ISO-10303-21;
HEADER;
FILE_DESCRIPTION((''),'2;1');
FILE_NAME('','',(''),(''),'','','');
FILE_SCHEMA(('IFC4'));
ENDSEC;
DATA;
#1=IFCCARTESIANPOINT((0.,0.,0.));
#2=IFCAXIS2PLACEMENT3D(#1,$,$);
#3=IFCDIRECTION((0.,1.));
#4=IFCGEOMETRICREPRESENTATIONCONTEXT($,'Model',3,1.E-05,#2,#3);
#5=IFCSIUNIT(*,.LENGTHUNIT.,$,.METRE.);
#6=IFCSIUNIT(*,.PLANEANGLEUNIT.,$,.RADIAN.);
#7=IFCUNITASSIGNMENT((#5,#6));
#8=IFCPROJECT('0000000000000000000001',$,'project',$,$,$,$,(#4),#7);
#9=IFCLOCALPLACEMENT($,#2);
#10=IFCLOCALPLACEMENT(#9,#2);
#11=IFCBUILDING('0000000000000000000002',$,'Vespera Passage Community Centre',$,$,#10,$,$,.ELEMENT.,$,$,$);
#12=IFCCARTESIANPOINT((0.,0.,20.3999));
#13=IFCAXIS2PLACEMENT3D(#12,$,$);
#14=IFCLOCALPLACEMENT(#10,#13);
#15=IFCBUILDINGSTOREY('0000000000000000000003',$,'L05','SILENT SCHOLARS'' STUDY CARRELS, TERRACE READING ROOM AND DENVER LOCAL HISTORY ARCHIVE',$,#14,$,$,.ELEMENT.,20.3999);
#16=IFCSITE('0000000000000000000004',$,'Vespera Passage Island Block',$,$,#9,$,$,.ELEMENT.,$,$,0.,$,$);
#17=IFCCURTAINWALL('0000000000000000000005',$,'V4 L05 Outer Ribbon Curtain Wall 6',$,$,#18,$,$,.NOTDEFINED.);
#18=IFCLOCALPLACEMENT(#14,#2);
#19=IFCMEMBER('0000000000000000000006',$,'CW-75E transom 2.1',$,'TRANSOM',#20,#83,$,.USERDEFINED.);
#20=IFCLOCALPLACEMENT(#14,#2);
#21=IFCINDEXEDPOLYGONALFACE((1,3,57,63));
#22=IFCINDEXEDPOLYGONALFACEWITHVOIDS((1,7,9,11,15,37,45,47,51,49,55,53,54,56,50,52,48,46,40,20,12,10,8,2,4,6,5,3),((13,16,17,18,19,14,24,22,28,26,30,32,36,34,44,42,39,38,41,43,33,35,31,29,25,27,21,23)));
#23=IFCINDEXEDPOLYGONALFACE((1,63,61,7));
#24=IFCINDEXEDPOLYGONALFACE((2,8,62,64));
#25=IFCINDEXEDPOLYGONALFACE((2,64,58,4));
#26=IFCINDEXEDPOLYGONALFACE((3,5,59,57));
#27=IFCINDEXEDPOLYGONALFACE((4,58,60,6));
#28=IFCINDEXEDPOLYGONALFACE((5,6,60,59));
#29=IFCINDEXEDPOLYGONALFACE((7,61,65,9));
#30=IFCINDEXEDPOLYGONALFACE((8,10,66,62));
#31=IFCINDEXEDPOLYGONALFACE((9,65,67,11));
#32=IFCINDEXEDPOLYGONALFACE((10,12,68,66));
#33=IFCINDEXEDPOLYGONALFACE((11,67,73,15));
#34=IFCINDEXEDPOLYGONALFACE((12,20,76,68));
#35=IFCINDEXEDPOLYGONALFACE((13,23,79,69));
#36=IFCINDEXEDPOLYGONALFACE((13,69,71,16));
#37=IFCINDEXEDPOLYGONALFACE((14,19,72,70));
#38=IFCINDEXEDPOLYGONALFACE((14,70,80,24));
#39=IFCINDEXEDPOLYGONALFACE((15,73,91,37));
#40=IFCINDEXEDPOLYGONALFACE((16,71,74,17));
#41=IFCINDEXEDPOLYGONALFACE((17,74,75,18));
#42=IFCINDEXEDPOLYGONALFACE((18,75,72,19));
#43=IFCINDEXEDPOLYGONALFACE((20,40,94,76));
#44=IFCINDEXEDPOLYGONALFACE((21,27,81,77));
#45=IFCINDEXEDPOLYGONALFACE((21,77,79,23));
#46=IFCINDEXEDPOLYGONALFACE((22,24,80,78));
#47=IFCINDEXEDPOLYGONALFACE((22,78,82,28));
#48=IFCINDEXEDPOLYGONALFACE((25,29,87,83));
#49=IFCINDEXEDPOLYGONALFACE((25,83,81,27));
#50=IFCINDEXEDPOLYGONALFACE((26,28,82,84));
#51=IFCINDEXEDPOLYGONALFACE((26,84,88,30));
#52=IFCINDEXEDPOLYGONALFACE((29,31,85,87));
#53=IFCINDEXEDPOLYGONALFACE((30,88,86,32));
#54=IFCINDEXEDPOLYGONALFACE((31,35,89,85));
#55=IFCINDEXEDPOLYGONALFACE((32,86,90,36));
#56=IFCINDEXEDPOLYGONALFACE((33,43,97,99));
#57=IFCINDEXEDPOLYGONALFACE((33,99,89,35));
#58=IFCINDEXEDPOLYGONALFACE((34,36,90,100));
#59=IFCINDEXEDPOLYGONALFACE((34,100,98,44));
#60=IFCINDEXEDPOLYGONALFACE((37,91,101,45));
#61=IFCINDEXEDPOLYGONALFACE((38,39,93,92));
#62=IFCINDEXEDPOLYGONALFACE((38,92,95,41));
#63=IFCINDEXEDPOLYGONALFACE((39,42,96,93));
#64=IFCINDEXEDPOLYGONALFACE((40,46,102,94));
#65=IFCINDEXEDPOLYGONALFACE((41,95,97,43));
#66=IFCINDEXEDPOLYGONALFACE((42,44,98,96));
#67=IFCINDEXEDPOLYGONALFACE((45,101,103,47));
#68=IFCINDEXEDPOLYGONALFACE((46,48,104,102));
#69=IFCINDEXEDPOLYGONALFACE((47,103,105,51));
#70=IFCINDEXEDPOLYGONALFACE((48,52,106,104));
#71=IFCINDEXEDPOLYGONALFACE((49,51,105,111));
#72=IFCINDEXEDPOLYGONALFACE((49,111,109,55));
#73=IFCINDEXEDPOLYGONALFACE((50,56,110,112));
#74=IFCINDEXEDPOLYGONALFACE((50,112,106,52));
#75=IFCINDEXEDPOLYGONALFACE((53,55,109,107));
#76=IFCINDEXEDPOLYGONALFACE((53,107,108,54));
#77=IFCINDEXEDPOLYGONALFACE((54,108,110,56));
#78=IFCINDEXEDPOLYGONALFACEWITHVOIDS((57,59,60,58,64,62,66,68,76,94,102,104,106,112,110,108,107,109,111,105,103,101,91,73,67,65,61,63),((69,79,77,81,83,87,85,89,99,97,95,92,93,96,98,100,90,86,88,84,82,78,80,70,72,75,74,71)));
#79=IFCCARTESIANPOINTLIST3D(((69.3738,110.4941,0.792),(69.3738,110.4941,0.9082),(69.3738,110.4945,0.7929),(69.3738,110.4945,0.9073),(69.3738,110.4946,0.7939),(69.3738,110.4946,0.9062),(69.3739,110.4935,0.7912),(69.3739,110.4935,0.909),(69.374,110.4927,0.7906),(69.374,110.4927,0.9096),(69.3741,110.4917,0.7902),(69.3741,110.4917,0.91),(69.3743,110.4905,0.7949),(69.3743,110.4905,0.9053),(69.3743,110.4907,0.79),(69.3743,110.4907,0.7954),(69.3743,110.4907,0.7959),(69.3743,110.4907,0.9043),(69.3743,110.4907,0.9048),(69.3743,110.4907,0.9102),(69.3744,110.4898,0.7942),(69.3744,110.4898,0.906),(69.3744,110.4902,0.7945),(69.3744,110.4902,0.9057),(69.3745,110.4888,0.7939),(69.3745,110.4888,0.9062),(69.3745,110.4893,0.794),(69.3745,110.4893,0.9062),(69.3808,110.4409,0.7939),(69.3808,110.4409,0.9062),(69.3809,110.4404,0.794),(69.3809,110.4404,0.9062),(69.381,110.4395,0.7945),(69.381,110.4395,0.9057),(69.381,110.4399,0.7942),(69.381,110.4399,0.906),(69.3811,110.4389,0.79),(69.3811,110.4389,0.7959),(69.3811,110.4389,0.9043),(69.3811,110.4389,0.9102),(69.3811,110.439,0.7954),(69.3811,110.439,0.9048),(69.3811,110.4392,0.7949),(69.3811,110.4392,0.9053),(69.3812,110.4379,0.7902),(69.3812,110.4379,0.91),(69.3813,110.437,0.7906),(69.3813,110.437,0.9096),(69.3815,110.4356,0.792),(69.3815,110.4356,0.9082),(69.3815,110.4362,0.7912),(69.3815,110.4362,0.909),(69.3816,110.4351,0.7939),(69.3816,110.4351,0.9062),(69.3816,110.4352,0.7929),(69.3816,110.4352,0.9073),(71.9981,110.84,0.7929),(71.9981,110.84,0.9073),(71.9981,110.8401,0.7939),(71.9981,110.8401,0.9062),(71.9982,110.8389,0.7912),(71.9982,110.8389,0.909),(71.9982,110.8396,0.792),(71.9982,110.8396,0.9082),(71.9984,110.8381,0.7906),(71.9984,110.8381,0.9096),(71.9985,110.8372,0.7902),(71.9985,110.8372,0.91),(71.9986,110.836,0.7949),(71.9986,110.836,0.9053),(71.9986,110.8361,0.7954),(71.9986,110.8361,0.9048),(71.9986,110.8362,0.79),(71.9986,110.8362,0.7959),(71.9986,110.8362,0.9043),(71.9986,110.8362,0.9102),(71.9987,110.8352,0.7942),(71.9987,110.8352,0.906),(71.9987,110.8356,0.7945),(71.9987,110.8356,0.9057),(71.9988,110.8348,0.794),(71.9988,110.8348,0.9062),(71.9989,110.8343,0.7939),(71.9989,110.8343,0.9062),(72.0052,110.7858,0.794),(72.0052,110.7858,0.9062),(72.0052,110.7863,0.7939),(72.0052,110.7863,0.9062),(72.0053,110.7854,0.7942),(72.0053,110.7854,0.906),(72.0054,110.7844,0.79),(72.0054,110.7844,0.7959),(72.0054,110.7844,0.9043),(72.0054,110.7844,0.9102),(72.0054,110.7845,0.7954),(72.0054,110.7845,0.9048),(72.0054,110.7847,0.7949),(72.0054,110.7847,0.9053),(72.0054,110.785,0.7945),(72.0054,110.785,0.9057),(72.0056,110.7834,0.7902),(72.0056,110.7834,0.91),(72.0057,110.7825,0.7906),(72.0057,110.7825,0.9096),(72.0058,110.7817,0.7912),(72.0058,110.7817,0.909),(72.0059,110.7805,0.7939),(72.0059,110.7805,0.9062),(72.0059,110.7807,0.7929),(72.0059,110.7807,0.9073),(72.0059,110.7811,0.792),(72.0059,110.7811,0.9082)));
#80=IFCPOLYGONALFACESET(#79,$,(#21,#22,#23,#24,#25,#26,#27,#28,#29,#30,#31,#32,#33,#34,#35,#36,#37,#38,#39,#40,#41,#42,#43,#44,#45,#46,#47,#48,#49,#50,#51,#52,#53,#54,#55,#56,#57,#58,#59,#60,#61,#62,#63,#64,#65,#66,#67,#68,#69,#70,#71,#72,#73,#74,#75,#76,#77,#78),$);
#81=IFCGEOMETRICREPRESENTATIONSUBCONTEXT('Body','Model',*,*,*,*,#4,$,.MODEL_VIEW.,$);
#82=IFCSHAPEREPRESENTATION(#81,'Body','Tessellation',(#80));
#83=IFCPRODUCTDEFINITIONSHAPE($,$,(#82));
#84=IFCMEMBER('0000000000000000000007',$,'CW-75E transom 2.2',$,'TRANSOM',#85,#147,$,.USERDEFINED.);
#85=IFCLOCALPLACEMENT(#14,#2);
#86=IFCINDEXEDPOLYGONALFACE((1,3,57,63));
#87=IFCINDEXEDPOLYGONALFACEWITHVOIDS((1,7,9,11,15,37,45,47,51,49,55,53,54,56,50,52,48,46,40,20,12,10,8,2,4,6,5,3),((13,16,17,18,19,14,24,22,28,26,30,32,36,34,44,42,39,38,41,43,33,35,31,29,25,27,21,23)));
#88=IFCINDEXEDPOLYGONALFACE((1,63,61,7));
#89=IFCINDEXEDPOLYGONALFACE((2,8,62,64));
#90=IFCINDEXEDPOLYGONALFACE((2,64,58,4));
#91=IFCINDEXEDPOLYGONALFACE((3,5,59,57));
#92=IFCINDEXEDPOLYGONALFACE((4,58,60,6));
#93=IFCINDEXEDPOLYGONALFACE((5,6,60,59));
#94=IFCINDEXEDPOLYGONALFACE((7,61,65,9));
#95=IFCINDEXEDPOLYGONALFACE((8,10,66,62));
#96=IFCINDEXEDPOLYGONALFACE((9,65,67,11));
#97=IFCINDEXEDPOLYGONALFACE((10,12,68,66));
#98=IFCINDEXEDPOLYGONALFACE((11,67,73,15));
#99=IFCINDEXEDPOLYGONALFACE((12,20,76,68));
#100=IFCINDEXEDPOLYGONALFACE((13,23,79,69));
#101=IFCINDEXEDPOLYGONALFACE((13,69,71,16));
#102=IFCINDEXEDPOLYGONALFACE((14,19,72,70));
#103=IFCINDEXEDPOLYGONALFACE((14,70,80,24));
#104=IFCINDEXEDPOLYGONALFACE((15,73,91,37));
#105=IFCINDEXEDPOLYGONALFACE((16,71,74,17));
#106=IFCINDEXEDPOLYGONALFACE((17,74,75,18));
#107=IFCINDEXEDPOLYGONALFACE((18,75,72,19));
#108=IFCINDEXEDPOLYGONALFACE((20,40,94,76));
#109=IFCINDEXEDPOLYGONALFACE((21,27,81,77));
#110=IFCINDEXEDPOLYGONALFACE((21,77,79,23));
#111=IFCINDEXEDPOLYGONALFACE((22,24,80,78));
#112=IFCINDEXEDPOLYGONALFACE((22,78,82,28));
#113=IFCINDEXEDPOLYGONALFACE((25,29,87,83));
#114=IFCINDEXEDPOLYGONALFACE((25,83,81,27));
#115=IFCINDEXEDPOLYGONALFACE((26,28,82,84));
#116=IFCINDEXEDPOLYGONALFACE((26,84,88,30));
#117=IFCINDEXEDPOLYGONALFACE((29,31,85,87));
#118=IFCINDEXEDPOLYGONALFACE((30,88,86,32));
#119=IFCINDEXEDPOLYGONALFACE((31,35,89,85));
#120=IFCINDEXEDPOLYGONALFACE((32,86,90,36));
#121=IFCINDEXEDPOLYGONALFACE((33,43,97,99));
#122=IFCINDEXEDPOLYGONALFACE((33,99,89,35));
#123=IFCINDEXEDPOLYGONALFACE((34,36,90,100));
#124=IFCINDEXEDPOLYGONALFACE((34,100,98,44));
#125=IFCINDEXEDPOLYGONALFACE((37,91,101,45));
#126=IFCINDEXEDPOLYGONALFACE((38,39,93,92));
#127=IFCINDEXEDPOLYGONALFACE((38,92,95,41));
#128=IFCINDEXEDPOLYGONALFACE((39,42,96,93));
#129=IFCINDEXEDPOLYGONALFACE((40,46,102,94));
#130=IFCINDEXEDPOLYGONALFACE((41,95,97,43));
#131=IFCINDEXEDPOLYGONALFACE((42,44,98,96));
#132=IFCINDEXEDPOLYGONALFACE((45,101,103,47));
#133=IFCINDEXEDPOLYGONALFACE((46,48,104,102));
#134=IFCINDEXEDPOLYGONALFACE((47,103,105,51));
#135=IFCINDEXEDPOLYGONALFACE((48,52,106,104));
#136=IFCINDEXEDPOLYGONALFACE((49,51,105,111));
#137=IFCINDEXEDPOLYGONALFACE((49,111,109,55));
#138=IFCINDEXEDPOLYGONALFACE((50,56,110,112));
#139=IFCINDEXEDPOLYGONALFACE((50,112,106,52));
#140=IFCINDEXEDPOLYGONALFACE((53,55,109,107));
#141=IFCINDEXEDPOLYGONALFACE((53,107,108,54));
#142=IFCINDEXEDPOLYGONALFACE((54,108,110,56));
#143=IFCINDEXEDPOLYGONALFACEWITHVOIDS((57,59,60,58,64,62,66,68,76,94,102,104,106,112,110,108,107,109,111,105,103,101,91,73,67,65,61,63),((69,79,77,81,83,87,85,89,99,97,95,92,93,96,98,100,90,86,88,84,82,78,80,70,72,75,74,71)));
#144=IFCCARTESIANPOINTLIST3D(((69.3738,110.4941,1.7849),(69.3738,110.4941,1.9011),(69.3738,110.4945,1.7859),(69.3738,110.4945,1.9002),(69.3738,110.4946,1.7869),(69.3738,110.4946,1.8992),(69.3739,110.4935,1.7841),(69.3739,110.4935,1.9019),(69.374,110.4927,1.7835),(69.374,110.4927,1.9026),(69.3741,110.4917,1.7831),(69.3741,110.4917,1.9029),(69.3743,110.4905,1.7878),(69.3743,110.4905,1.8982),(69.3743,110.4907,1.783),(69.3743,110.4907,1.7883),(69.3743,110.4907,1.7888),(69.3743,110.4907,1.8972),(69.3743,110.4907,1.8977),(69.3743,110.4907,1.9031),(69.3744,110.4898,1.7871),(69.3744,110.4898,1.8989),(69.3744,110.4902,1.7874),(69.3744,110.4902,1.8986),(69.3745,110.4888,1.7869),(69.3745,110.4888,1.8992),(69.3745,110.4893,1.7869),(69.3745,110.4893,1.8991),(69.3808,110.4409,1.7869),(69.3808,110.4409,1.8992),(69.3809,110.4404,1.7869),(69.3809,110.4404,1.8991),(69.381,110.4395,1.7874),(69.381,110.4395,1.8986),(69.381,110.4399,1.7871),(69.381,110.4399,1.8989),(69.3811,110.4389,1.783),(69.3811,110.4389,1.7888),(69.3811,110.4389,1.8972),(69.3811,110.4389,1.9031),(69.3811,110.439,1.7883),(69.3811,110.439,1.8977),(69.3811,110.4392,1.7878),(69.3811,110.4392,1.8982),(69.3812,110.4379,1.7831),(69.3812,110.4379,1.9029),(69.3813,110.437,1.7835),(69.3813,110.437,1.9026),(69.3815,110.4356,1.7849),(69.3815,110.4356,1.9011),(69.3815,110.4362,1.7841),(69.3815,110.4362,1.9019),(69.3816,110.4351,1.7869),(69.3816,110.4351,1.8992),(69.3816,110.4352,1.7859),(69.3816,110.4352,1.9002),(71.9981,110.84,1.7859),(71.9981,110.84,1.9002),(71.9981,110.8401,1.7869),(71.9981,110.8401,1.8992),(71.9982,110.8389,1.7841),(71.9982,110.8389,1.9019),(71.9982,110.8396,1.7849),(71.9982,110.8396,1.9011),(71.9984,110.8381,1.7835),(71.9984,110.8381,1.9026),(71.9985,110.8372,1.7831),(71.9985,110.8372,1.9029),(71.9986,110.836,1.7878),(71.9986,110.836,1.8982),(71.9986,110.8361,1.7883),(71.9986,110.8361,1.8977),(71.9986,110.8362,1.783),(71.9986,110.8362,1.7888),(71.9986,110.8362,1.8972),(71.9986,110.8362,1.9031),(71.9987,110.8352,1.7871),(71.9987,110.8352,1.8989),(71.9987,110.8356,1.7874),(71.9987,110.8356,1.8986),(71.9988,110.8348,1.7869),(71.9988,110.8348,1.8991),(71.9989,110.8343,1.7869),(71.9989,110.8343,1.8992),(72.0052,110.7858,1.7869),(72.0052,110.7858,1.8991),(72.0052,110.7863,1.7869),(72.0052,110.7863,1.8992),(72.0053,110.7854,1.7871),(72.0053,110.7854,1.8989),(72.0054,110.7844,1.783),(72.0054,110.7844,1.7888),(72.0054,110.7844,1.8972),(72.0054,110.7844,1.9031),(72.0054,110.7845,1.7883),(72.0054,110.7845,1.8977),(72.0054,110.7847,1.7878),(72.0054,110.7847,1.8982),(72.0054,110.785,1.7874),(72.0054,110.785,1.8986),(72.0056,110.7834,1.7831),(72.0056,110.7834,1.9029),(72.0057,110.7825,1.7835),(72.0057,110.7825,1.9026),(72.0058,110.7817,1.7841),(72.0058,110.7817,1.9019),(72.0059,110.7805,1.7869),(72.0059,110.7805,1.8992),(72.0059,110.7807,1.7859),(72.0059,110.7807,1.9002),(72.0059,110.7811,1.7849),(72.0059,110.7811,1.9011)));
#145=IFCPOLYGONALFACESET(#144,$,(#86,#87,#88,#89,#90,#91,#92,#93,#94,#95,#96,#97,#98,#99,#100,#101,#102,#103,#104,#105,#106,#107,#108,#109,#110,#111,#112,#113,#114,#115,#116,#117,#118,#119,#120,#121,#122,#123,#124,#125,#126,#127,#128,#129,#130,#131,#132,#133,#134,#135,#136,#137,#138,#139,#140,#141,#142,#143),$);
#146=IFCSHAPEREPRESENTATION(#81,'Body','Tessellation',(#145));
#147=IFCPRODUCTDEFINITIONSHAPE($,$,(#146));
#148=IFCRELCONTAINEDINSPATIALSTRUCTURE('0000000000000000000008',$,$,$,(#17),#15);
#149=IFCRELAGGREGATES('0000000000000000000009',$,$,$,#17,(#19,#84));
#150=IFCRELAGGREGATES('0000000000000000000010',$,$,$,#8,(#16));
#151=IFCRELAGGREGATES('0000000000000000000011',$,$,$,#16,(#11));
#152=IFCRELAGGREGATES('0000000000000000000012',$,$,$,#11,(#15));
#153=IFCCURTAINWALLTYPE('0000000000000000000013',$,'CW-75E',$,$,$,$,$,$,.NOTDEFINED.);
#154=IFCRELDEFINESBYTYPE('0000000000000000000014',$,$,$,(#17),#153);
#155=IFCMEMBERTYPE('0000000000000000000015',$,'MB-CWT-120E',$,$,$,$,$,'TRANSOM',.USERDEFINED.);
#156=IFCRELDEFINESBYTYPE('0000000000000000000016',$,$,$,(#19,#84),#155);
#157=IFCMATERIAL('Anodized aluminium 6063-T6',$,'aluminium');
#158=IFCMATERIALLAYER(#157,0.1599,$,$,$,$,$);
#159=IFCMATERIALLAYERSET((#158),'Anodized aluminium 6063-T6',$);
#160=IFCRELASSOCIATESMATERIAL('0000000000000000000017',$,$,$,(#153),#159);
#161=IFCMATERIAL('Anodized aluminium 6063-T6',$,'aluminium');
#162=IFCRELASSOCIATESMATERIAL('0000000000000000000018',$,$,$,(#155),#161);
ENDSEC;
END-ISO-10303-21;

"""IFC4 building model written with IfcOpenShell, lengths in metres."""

from ifc_helpers import new_model, si_unit, direction, frame, origin, origin_2d, place, context, subcontext, project, spatial, hollow_rectangle, extrude, material, layer, layer_set, material_profile, profile_set, type_object, element, aggregate, save


model = new_model("IFC4")

# Units and contexts
model_context = context("Model", 3, precision=1e-05, world=origin(), true_north=direction((0.0, 1.0)))
body_context = subcontext(model_context, "Body", "Model", "MODEL_VIEW")
ifc_project = project(units=[si_unit("LENGTHUNIT", "METRE"), si_unit("PLANEANGLEUNIT", "RADIAN")], contexts=[model_context])

# Site, building, storey
site_placement = place(None, origin())
site = spatial("IfcSite", under=ifc_project, at=site_placement, Name="Vespera Passage Island Block", CompositionType="ELEMENT", RefElevation=0.0)
building_placement = place(site_placement, origin())
building = spatial("IfcBuilding", under=site, at=building_placement, Name="Vespera Passage Community Centre", CompositionType="ELEMENT")
storey_placement = place(building_placement, frame((0.0, 0.0, 20.3999)))
storey = spatial("IfcBuildingStorey", under=building, at=storey_placement, Name="L05", Description="SILENT SCHOLARS' STUDY CARRELS, TERRACE READING ROOM AND DENVER LOCAL HISTORY ARCHIVE", CompositionType="ELEMENT", Elevation=20.3999)

# Curtain wall, members
ifc_material_1 = material(Name="Anodized aluminium 6063-T6", Category="aluminium")
ifc_layer_1 = layer(ifc_material_1, 0.1599)
ifc_layer_set_1 = layer_set([ifc_layer_1], Name="Anodized aluminium 6063-T6")
curtain_wall_type = type_object("IfcCurtainWallType", Name="CW-75E", PredefinedType="NOTDEFINED", material=ifc_layer_set_1)
curtain_wall_placement = place(storey_placement, origin())
curtain_wall = element("IfcCurtainWall", 1, at=curtain_wall_placement, inside=storey, type_object=curtain_wall_type, Name="V4 L05 Outer Ribbon Curtain Wall 6", PredefinedType="NOTDEFINED")
ifc_material_2 = material(Name="Anodized aluminium 6063-T6", Category="aluminium")
ifc_material_profile_1 = material_profile(ifc_material_2, hollow_rectangle(XDim=0.0601, YDim=0.1201, WallThickness=0.0039, InnerFilletRadius=0.002, OuterFilletRadius=0.0039, at=origin_2d()), Name="ALU120X60X4")
ifc_profile_set_1 = profile_set([ifc_material_profile_1], Name="Anodized aluminium 6063-T6")
member_type_1 = type_object("IfcMemberType", Name="MB-CWT-120E", ElementType="TRANSOM", PredefinedType="USERDEFINED", material=ifc_profile_set_1)
member_1_placement = place(storey_placement, frame((69.3777, 110.4648, 0.8501), z_axis=(0.991446, 0.130514, 0.0), x_axis=(-0.130514, 0.991446, 0.0)))
member_1 = element("IfcMember", 2, at=member_1_placement, type_object=member_type_1, Name="CW-75E transom 2.1", ObjectType="TRANSOM", PredefinedType="USERDEFINED", context=body_context, shape_type="SweptSolid", body=[
    extrude(hollow_rectangle(XDim=0.0601, YDim=0.1201, WallThickness=0.0039, InnerFilletRadius=0.002, OuterFilletRadius=0.0039, at=origin_2d()), origin(), (0.0, 0.0, 1.0), 2.647),
])
member_2_placement = place(storey_placement, frame((69.3777, 110.4648, 1.843), z_axis=(0.991446, 0.130514, 0.0), x_axis=(-0.130514, 0.991446, 0.0)))
member_2 = element("IfcMember", 3, at=member_2_placement, type_object=member_type_1, Name="CW-75E transom 2.2", ObjectType="TRANSOM", PredefinedType="USERDEFINED", context=body_context, shape_type="SweptSolid", body=[
    extrude(hollow_rectangle(XDim=0.0601, YDim=0.1201, WallThickness=0.0039, InnerFilletRadius=0.002, OuterFilletRadius=0.0039, at=origin_2d()), origin(), (0.0, 0.0, 1.0), 2.647),
])
aggregate(curtain_wall, [member_1, member_2])

save(model, "model.ifc")
